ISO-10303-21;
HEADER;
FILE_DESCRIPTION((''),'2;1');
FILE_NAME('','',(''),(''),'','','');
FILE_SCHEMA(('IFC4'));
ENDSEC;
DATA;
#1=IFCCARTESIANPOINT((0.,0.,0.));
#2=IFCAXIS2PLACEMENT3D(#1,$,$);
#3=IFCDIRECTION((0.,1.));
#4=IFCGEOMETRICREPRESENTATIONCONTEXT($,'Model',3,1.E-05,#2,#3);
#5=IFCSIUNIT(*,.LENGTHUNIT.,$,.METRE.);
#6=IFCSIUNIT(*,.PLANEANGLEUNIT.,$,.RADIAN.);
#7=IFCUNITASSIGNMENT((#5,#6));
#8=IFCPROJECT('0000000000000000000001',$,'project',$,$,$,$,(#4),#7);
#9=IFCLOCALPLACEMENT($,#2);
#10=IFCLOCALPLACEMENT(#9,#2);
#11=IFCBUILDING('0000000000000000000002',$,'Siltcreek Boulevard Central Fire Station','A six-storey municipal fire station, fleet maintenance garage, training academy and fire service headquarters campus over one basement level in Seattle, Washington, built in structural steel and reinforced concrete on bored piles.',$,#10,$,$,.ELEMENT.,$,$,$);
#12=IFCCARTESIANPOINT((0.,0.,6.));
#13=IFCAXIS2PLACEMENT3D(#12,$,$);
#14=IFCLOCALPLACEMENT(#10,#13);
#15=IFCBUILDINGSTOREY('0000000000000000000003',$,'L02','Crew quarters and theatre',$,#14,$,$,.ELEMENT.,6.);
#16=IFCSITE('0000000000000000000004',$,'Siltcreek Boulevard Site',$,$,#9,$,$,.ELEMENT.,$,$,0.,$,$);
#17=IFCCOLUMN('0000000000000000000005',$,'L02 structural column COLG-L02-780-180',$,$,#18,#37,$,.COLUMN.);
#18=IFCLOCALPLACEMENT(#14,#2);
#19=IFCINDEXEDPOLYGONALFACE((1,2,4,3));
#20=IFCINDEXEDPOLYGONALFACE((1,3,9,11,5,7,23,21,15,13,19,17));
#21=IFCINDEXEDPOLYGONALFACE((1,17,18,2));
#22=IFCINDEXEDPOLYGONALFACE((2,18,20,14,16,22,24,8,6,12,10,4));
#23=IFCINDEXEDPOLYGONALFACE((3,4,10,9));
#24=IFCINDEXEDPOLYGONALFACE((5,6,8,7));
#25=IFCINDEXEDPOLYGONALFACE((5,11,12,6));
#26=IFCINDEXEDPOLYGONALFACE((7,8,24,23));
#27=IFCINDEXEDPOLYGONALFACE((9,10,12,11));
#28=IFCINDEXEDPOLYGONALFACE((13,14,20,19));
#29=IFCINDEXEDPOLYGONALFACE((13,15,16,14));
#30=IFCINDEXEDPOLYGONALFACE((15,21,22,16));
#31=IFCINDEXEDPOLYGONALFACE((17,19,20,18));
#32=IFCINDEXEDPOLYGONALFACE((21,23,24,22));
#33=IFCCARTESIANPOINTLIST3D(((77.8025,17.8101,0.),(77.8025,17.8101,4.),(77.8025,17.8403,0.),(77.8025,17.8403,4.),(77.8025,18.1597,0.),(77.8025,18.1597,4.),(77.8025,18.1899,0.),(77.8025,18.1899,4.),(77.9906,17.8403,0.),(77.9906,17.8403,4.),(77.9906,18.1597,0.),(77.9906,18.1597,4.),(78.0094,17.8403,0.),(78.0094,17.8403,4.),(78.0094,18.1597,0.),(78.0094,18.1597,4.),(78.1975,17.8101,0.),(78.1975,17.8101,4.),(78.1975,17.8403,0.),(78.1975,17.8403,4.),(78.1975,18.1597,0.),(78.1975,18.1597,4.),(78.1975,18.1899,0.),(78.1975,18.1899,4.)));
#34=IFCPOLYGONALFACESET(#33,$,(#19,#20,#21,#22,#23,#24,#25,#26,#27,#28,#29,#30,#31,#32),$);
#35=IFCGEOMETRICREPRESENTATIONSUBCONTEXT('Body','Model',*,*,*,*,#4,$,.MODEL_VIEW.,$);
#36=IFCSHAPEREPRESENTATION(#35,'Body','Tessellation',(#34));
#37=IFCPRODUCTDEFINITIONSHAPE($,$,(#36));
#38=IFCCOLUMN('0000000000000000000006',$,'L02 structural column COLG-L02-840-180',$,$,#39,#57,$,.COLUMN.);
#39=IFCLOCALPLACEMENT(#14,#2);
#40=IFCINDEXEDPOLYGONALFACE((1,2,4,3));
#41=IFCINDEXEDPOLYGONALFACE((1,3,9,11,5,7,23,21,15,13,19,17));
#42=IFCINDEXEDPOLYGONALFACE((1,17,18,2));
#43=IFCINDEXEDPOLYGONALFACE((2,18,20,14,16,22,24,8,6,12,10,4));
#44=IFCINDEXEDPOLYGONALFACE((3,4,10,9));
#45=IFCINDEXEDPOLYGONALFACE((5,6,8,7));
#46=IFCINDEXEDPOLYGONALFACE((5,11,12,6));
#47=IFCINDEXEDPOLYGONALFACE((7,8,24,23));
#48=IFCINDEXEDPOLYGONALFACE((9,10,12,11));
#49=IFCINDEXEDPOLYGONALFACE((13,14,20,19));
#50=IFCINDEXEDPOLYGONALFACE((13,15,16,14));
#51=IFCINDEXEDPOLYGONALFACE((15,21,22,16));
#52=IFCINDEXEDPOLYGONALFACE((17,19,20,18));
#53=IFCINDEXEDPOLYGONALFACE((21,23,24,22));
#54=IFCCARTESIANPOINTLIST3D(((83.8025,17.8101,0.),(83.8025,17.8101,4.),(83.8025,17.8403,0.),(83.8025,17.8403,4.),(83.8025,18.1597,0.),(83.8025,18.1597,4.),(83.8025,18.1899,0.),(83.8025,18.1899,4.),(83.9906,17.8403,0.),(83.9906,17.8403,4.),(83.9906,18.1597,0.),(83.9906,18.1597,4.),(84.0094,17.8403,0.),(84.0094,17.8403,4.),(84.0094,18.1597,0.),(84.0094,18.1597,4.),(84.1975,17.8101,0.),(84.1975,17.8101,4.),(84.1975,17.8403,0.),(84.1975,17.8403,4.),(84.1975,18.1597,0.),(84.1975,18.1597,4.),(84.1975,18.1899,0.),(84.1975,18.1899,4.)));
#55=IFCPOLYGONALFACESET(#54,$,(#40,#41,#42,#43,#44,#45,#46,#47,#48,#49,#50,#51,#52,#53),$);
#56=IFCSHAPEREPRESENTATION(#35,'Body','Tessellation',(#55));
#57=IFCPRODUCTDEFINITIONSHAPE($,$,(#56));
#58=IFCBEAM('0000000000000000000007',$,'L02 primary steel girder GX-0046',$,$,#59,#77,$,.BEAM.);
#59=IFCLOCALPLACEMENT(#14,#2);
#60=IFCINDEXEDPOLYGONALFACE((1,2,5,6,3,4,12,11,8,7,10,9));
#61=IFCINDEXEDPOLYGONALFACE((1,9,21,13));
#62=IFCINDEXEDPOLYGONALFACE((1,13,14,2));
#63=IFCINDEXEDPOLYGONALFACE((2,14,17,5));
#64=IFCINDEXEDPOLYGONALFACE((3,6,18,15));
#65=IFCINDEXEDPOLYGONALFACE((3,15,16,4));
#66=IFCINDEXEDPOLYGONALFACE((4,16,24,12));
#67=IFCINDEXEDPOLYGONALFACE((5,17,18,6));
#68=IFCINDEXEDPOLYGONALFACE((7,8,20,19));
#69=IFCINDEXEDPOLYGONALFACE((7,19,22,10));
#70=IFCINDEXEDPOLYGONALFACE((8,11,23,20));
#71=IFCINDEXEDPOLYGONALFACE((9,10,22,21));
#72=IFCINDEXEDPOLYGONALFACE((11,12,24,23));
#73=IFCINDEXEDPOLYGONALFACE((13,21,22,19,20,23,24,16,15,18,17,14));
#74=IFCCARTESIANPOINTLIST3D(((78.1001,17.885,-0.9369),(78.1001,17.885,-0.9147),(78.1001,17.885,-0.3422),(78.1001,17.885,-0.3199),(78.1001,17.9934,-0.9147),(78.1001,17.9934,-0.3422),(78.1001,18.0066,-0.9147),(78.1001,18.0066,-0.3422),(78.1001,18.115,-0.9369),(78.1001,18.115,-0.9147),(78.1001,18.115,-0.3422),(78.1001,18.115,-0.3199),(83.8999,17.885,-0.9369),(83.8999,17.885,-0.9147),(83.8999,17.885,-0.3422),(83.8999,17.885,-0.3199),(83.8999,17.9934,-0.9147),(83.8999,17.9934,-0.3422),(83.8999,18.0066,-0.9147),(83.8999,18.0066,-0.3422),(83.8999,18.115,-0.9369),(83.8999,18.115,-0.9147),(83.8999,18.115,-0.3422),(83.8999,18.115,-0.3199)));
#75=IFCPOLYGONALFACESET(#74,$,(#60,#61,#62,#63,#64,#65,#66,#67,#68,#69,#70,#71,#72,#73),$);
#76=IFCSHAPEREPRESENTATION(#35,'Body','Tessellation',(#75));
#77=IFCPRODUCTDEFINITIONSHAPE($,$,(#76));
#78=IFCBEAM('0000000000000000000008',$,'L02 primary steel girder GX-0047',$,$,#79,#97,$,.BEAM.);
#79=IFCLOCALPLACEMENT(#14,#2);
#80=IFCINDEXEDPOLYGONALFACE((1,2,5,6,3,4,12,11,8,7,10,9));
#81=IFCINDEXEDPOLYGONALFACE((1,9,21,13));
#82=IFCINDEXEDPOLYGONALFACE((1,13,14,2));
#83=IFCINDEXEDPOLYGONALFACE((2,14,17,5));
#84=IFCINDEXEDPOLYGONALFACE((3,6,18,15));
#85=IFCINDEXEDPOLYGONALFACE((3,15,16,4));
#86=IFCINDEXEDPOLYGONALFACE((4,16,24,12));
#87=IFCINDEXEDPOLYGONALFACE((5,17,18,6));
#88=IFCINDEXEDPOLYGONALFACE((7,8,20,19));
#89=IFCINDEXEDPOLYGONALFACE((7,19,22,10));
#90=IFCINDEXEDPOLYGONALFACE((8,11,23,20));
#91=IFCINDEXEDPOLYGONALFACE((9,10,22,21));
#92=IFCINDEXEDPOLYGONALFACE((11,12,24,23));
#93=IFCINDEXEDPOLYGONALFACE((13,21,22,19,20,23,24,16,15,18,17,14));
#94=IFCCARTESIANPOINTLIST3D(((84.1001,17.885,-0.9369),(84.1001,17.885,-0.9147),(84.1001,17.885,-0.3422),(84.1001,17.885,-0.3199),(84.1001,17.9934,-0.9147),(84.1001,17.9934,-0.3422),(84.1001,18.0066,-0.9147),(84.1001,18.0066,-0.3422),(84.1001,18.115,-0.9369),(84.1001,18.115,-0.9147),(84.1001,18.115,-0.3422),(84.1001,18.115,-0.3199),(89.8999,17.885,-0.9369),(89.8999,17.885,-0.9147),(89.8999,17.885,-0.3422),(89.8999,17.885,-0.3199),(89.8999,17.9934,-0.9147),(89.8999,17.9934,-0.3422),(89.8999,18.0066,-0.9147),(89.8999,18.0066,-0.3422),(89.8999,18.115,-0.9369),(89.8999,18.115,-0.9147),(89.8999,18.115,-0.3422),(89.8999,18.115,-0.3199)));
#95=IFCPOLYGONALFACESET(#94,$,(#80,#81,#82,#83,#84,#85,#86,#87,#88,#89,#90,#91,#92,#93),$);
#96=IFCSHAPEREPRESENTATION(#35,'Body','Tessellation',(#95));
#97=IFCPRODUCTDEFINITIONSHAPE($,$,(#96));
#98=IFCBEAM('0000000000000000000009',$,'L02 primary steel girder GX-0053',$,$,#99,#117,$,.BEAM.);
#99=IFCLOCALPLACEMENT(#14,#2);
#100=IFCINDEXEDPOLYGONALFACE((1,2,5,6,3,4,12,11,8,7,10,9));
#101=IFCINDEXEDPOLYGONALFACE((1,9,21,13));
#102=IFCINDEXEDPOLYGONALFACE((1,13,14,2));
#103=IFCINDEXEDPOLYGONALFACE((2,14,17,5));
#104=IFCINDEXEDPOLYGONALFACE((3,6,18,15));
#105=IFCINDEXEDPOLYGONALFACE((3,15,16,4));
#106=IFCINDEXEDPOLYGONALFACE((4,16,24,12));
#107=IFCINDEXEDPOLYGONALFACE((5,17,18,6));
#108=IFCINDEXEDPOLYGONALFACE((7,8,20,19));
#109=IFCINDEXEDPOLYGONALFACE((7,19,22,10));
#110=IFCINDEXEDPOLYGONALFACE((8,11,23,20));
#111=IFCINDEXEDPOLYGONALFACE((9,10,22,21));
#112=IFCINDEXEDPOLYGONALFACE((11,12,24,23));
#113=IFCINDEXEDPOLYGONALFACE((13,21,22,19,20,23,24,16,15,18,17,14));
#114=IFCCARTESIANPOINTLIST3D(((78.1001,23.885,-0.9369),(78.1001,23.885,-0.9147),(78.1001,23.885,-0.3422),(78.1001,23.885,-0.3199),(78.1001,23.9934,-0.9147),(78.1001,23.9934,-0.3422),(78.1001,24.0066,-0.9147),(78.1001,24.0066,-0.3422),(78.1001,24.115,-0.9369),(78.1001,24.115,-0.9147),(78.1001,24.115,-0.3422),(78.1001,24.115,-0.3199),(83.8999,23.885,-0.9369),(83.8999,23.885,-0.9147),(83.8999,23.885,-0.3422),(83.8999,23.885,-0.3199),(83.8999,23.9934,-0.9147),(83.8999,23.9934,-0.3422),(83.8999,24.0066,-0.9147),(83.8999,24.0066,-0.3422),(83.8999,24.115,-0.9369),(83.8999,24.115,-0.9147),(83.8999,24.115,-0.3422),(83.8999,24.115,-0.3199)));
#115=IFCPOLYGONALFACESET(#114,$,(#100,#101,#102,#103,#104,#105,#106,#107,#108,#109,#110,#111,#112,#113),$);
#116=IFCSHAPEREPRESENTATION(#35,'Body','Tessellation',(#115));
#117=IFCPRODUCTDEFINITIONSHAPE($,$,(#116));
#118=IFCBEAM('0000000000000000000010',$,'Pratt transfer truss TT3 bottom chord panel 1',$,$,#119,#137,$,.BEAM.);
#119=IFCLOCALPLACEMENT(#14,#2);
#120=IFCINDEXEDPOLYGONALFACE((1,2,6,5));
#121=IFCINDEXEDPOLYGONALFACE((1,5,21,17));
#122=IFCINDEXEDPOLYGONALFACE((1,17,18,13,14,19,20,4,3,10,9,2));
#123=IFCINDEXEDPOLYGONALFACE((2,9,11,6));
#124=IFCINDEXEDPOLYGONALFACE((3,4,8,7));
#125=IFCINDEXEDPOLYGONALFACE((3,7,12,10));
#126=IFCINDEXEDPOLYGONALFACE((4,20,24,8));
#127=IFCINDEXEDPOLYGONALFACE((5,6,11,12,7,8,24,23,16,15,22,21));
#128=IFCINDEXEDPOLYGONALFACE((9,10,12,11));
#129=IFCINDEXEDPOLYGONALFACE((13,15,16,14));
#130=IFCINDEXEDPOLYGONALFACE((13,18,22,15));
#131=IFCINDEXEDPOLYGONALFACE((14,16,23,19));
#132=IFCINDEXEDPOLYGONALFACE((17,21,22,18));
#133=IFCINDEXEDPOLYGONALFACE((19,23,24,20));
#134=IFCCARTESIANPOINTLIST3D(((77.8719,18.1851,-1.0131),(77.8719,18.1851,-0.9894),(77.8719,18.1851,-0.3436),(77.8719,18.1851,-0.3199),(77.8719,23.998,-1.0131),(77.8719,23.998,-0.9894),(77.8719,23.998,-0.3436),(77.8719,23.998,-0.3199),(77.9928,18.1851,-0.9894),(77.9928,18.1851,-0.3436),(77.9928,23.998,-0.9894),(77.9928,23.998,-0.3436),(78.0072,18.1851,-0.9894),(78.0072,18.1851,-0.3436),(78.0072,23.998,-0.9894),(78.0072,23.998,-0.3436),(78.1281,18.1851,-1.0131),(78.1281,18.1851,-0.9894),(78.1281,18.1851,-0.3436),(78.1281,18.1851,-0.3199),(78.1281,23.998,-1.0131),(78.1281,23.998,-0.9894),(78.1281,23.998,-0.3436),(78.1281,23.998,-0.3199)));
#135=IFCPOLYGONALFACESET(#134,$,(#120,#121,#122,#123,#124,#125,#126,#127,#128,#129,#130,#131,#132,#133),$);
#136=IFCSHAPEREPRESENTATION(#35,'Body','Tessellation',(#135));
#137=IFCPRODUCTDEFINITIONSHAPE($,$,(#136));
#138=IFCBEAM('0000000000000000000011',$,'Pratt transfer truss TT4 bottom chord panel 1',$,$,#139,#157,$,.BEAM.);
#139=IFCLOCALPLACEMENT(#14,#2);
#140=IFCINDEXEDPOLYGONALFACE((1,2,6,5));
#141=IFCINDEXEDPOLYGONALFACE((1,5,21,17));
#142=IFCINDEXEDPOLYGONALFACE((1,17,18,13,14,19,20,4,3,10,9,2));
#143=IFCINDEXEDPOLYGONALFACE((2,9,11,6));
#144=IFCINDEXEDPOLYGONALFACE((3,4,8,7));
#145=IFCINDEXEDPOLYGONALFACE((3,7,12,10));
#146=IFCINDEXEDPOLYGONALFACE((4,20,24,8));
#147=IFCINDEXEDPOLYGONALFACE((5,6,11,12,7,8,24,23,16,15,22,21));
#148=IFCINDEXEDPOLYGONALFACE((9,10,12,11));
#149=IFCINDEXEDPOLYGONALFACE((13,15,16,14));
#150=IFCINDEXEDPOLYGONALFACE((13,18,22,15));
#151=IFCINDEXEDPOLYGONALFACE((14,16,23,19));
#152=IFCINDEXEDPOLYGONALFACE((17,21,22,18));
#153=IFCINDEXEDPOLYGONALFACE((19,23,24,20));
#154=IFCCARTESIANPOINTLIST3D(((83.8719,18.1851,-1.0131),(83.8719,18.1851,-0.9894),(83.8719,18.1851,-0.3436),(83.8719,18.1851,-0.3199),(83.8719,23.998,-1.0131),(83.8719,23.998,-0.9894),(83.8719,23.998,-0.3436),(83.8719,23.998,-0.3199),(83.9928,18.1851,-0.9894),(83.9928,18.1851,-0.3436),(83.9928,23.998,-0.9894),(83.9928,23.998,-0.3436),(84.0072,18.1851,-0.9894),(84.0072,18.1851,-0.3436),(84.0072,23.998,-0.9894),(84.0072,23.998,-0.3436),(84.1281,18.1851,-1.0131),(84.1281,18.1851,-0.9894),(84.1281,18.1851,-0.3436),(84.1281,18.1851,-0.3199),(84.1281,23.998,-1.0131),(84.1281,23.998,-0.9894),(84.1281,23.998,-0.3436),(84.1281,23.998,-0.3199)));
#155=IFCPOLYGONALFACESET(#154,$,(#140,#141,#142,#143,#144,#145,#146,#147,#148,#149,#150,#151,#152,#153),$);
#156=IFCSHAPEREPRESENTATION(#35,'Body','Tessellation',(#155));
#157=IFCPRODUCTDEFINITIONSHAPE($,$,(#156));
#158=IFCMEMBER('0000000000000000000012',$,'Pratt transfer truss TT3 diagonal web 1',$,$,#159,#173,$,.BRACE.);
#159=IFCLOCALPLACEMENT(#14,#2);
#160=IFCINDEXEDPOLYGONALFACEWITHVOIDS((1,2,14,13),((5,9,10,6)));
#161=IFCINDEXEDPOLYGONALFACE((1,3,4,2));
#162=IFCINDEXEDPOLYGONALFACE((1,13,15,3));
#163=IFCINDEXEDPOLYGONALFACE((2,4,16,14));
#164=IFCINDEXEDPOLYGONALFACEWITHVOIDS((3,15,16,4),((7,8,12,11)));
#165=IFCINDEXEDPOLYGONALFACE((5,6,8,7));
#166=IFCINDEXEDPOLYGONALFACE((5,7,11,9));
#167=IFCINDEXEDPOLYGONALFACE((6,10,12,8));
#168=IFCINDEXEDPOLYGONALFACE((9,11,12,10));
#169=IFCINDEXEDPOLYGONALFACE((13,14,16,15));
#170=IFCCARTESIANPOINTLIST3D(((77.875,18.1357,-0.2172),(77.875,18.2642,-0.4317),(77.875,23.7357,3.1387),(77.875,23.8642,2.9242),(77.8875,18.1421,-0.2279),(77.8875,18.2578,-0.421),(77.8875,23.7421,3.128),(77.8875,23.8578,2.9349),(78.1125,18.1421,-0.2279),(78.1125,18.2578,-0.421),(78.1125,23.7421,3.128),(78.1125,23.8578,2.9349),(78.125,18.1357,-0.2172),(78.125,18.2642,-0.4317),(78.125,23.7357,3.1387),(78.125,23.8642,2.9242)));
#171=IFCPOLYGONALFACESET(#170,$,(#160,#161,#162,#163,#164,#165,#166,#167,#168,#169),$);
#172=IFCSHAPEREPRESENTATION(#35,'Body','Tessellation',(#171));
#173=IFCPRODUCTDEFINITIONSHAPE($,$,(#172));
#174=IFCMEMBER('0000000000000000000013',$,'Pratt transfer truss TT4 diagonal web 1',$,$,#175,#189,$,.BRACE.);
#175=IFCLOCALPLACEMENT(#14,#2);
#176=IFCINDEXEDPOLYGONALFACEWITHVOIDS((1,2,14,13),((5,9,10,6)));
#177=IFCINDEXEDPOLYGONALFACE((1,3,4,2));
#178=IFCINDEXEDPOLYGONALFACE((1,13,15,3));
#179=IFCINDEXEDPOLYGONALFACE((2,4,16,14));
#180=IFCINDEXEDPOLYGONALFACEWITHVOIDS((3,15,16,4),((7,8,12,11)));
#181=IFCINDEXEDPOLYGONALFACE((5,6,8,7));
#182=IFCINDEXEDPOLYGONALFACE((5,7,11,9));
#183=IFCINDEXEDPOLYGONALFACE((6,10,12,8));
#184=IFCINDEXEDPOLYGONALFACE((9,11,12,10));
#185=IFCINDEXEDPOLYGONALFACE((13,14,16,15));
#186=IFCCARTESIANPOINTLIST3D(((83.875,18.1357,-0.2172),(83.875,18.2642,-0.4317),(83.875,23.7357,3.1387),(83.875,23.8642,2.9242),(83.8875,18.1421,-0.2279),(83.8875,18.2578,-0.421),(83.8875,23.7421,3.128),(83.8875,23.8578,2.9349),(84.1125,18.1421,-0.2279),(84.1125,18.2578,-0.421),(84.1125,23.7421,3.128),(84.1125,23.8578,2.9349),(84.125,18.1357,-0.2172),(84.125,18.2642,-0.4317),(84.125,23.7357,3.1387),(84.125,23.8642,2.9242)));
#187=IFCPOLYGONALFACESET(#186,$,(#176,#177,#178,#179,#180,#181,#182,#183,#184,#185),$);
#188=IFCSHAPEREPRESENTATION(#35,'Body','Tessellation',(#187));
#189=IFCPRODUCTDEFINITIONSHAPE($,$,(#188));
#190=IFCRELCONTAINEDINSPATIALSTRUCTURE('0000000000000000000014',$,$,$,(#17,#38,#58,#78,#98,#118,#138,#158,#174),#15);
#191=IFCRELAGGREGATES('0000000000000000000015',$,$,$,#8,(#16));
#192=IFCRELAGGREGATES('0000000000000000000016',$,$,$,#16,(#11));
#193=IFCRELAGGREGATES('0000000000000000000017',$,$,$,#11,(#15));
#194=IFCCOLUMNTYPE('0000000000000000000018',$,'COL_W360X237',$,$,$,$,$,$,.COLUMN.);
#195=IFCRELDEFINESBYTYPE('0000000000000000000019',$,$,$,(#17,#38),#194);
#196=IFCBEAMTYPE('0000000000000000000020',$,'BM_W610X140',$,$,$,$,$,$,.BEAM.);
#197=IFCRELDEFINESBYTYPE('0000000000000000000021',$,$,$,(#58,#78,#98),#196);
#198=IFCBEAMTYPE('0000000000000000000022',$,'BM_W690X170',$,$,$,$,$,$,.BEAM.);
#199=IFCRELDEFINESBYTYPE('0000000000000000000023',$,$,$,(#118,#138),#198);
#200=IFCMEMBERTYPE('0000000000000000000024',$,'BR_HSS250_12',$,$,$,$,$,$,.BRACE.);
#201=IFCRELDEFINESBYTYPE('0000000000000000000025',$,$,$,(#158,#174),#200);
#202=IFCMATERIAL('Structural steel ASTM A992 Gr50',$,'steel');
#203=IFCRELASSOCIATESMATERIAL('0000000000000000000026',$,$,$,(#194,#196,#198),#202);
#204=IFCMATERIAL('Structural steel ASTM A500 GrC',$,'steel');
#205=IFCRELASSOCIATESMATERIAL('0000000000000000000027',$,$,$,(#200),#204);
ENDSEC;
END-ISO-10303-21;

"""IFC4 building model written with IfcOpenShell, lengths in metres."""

from ifc_helpers import new_model, si_unit, direction, frame, origin, origin_2d, place, context, subcontext, project, spatial, hollow_rectangle, i_section, extrude, material, material_profile, profile_set, type_object, element, save


model = new_model("IFC4")

# Units and contexts
model_context = context("Model", 3, precision=1e-05, world=origin(), true_north=direction((0.0, 1.0)))
body_context = subcontext(model_context, "Body", "Model", "MODEL_VIEW")
ifc_project = project(units=[si_unit("LENGTHUNIT", "METRE"), si_unit("PLANEANGLEUNIT", "RADIAN")], contexts=[model_context])

# Site, building, storey
site_placement = place(None, origin())
site = spatial("IfcSite", under=ifc_project, at=site_placement, Name="Siltcreek Boulevard Site", CompositionType="ELEMENT", RefElevation=0.0)
building_placement = place(site_placement, origin())
building = spatial("IfcBuilding", under=site, at=building_placement, Name="Siltcreek Boulevard Central Fire Station", Description="A six-storey municipal fire station, fleet maintenance garage, training academy and fire service headquarters campus over one basement level in Seattle, Washington, built in structural steel and reinforced concrete on bored piles.", CompositionType="ELEMENT")
storey_placement = place(building_placement, frame((0.0, 0.0, 6.0)))
storey = spatial("IfcBuildingStorey", under=building, at=storey_placement, Name="L02", Description="Crew quarters and theatre", CompositionType="ELEMENT", Elevation=6.0)

# Columns
ifc_material_1 = material(Name="Structural steel ASTM A992 Gr50", Category="steel")
ifc_material_profile_1 = material_profile(ifc_material_1, i_section(OverallWidth=0.395, OverallDepth=0.3799, WebThickness=0.0188, FlangeThickness=0.0303, at=origin_2d()), Name="W360X237")
ifc_profile_set_1 = profile_set([ifc_material_profile_1], Name="Structural steel ASTM A992 Gr50")
column_type = type_object("IfcColumnType", Name="COL_W360X237", PredefinedType="COLUMN", material=ifc_profile_set_1)
for number, where, z_axis, x_axis, name in (
    (1, (78.0, 18.0, 0.0), (0.0, 0.0, 1.0), (1.0, 0.0, 0.0), "L02 structural column COLG-L02-780-180"),
    (2, (84.0, 18.0, 0.0), (0.0, 0.0, 1.0), (1.0, 0.0, 0.0), "L02 structural column COLG-L02-840-180"),
):
    element("IfcColumn", number, at=place(storey_placement, frame(where, z_axis=z_axis, x_axis=x_axis)), inside=storey, type_object=column_type, Name=name, PredefinedType="COLUMN", context=body_context, shape_type="SweptSolid", body=[
        extrude(i_section(OverallWidth=0.395, OverallDepth=0.3799, WebThickness=0.0188, FlangeThickness=0.0303, at=origin_2d()), origin(), (0.0, 0.0, 1.0), 4.0),
    ])

# Beams
ifc_material_profile_2 = material_profile(ifc_material_1, i_section(OverallWidth=0.23, OverallDepth=0.6169, WebThickness=0.0132, FlangeThickness=0.0222, at=origin_2d()), Name="W610X140")
ifc_profile_set_2 = profile_set([ifc_material_profile_2], Name="Structural steel ASTM A992 Gr50")
beam_type_1 = type_object("IfcBeamType", Name="BM_W610X140", PredefinedType="BEAM", material=ifc_profile_set_2)
for number, where, z_axis, x_axis, name in (
    (3, (78.1001, 18.0, -0.6284), (1.0, 0.0, 0.0), (0.0, 1.0, 0.0), "L02 primary steel girder GX-0046"),
    (4, (84.1001, 18.0, -0.6284), (1.0, 0.0, 0.0), (0.0, 1.0, 0.0), "L02 primary steel girder GX-0047"),
    (5, (78.1001, 24.0, -0.6284), (1.0, 0.0, 0.0), (0.0, 1.0, 0.0), "L02 primary steel girder GX-0053"),
):
    element("IfcBeam", number, at=place(storey_placement, frame(where, z_axis=z_axis, x_axis=x_axis)), inside=storey, type_object=beam_type_1, Name=name, PredefinedType="BEAM", context=body_context, shape_type="SweptSolid", body=[
        extrude(i_section(OverallWidth=0.23, OverallDepth=0.6169, WebThickness=0.0132, FlangeThickness=0.0222, at=origin_2d()), origin(), (0.0, 0.0, 1.0), 5.7998),
    ])
ifc_material_profile_3 = material_profile(ifc_material_1, i_section(OverallWidth=0.2561, OverallDepth=0.6931, WebThickness=0.0144, FlangeThickness=0.0237, at=origin_2d()), Name="W690X170")
ifc_profile_set_3 = profile_set([ifc_material_profile_3], Name="Structural steel ASTM A992 Gr50")
beam_type_2 = type_object("IfcBeamType", Name="BM_W690X170", PredefinedType="BEAM", material=ifc_profile_set_3)
for number, where, z_axis, x_axis, name in (
    (6, (78.0, 18.1851, -0.6665), (0.0, 1.0, 0.0), (-1.0, 0.0, 0.0), "Pratt transfer truss TT3 bottom chord panel 1"),
    (7, (84.0, 18.1851, -0.6665), (0.0, 1.0, 0.0), (-1.0, 0.0, 0.0), "Pratt transfer truss TT4 bottom chord panel 1"),
):
    element("IfcBeam", number, at=place(storey_placement, frame(where, z_axis=z_axis, x_axis=x_axis)), inside=storey, type_object=beam_type_2, Name=name, PredefinedType="BEAM", context=body_context, shape_type="SweptSolid", body=[
        extrude(i_section(OverallWidth=0.2561, OverallDepth=0.6931, WebThickness=0.0144, FlangeThickness=0.0237, at=origin_2d()), origin(), (0.0, 0.0, 1.0), 5.813),
    ])

# Members
ifc_material_2 = material(Name="Structural steel ASTM A500 GrC", Category="steel")
ifc_material_profile_4 = material_profile(ifc_material_2, hollow_rectangle(XDim=0.25, YDim=0.25, WallThickness=0.0125, at=origin_2d()), Name="HSS250X250X12.5")
ifc_profile_set_4 = profile_set([ifc_material_profile_4], Name="Structural steel ASTM A500 GrC")
member_type_1 = type_object("IfcMemberType", Name="BR_HSS250_12", PredefinedType="BRACE", material=ifc_profile_set_4)
for number, where, z_axis, x_axis, name in (
    (8, (78.0, 18.2, -0.3245), (0.0, 0.85777, 0.514034), (-1.0, 0.0, 0.0), "Pratt transfer truss TT3 diagonal web 1"),
    (9, (84.0, 18.2, -0.3245), (0.0, 0.85777, 0.514034), (-1.0, 0.0, 0.0), "Pratt transfer truss TT4 diagonal web 1"),
):
    element("IfcMember", number, at=place(storey_placement, frame(where, z_axis=z_axis, x_axis=x_axis)), inside=storey, type_object=member_type_1, Name=name, PredefinedType="BRACE", context=body_context, shape_type="SweptSolid", body=[
        extrude(hollow_rectangle(XDim=0.25, YDim=0.25, WallThickness=0.0125, at=origin_2d()), origin(), (0.0, 0.0, 1.0), 6.5286),
    ])

save(model, "model.ifc")
